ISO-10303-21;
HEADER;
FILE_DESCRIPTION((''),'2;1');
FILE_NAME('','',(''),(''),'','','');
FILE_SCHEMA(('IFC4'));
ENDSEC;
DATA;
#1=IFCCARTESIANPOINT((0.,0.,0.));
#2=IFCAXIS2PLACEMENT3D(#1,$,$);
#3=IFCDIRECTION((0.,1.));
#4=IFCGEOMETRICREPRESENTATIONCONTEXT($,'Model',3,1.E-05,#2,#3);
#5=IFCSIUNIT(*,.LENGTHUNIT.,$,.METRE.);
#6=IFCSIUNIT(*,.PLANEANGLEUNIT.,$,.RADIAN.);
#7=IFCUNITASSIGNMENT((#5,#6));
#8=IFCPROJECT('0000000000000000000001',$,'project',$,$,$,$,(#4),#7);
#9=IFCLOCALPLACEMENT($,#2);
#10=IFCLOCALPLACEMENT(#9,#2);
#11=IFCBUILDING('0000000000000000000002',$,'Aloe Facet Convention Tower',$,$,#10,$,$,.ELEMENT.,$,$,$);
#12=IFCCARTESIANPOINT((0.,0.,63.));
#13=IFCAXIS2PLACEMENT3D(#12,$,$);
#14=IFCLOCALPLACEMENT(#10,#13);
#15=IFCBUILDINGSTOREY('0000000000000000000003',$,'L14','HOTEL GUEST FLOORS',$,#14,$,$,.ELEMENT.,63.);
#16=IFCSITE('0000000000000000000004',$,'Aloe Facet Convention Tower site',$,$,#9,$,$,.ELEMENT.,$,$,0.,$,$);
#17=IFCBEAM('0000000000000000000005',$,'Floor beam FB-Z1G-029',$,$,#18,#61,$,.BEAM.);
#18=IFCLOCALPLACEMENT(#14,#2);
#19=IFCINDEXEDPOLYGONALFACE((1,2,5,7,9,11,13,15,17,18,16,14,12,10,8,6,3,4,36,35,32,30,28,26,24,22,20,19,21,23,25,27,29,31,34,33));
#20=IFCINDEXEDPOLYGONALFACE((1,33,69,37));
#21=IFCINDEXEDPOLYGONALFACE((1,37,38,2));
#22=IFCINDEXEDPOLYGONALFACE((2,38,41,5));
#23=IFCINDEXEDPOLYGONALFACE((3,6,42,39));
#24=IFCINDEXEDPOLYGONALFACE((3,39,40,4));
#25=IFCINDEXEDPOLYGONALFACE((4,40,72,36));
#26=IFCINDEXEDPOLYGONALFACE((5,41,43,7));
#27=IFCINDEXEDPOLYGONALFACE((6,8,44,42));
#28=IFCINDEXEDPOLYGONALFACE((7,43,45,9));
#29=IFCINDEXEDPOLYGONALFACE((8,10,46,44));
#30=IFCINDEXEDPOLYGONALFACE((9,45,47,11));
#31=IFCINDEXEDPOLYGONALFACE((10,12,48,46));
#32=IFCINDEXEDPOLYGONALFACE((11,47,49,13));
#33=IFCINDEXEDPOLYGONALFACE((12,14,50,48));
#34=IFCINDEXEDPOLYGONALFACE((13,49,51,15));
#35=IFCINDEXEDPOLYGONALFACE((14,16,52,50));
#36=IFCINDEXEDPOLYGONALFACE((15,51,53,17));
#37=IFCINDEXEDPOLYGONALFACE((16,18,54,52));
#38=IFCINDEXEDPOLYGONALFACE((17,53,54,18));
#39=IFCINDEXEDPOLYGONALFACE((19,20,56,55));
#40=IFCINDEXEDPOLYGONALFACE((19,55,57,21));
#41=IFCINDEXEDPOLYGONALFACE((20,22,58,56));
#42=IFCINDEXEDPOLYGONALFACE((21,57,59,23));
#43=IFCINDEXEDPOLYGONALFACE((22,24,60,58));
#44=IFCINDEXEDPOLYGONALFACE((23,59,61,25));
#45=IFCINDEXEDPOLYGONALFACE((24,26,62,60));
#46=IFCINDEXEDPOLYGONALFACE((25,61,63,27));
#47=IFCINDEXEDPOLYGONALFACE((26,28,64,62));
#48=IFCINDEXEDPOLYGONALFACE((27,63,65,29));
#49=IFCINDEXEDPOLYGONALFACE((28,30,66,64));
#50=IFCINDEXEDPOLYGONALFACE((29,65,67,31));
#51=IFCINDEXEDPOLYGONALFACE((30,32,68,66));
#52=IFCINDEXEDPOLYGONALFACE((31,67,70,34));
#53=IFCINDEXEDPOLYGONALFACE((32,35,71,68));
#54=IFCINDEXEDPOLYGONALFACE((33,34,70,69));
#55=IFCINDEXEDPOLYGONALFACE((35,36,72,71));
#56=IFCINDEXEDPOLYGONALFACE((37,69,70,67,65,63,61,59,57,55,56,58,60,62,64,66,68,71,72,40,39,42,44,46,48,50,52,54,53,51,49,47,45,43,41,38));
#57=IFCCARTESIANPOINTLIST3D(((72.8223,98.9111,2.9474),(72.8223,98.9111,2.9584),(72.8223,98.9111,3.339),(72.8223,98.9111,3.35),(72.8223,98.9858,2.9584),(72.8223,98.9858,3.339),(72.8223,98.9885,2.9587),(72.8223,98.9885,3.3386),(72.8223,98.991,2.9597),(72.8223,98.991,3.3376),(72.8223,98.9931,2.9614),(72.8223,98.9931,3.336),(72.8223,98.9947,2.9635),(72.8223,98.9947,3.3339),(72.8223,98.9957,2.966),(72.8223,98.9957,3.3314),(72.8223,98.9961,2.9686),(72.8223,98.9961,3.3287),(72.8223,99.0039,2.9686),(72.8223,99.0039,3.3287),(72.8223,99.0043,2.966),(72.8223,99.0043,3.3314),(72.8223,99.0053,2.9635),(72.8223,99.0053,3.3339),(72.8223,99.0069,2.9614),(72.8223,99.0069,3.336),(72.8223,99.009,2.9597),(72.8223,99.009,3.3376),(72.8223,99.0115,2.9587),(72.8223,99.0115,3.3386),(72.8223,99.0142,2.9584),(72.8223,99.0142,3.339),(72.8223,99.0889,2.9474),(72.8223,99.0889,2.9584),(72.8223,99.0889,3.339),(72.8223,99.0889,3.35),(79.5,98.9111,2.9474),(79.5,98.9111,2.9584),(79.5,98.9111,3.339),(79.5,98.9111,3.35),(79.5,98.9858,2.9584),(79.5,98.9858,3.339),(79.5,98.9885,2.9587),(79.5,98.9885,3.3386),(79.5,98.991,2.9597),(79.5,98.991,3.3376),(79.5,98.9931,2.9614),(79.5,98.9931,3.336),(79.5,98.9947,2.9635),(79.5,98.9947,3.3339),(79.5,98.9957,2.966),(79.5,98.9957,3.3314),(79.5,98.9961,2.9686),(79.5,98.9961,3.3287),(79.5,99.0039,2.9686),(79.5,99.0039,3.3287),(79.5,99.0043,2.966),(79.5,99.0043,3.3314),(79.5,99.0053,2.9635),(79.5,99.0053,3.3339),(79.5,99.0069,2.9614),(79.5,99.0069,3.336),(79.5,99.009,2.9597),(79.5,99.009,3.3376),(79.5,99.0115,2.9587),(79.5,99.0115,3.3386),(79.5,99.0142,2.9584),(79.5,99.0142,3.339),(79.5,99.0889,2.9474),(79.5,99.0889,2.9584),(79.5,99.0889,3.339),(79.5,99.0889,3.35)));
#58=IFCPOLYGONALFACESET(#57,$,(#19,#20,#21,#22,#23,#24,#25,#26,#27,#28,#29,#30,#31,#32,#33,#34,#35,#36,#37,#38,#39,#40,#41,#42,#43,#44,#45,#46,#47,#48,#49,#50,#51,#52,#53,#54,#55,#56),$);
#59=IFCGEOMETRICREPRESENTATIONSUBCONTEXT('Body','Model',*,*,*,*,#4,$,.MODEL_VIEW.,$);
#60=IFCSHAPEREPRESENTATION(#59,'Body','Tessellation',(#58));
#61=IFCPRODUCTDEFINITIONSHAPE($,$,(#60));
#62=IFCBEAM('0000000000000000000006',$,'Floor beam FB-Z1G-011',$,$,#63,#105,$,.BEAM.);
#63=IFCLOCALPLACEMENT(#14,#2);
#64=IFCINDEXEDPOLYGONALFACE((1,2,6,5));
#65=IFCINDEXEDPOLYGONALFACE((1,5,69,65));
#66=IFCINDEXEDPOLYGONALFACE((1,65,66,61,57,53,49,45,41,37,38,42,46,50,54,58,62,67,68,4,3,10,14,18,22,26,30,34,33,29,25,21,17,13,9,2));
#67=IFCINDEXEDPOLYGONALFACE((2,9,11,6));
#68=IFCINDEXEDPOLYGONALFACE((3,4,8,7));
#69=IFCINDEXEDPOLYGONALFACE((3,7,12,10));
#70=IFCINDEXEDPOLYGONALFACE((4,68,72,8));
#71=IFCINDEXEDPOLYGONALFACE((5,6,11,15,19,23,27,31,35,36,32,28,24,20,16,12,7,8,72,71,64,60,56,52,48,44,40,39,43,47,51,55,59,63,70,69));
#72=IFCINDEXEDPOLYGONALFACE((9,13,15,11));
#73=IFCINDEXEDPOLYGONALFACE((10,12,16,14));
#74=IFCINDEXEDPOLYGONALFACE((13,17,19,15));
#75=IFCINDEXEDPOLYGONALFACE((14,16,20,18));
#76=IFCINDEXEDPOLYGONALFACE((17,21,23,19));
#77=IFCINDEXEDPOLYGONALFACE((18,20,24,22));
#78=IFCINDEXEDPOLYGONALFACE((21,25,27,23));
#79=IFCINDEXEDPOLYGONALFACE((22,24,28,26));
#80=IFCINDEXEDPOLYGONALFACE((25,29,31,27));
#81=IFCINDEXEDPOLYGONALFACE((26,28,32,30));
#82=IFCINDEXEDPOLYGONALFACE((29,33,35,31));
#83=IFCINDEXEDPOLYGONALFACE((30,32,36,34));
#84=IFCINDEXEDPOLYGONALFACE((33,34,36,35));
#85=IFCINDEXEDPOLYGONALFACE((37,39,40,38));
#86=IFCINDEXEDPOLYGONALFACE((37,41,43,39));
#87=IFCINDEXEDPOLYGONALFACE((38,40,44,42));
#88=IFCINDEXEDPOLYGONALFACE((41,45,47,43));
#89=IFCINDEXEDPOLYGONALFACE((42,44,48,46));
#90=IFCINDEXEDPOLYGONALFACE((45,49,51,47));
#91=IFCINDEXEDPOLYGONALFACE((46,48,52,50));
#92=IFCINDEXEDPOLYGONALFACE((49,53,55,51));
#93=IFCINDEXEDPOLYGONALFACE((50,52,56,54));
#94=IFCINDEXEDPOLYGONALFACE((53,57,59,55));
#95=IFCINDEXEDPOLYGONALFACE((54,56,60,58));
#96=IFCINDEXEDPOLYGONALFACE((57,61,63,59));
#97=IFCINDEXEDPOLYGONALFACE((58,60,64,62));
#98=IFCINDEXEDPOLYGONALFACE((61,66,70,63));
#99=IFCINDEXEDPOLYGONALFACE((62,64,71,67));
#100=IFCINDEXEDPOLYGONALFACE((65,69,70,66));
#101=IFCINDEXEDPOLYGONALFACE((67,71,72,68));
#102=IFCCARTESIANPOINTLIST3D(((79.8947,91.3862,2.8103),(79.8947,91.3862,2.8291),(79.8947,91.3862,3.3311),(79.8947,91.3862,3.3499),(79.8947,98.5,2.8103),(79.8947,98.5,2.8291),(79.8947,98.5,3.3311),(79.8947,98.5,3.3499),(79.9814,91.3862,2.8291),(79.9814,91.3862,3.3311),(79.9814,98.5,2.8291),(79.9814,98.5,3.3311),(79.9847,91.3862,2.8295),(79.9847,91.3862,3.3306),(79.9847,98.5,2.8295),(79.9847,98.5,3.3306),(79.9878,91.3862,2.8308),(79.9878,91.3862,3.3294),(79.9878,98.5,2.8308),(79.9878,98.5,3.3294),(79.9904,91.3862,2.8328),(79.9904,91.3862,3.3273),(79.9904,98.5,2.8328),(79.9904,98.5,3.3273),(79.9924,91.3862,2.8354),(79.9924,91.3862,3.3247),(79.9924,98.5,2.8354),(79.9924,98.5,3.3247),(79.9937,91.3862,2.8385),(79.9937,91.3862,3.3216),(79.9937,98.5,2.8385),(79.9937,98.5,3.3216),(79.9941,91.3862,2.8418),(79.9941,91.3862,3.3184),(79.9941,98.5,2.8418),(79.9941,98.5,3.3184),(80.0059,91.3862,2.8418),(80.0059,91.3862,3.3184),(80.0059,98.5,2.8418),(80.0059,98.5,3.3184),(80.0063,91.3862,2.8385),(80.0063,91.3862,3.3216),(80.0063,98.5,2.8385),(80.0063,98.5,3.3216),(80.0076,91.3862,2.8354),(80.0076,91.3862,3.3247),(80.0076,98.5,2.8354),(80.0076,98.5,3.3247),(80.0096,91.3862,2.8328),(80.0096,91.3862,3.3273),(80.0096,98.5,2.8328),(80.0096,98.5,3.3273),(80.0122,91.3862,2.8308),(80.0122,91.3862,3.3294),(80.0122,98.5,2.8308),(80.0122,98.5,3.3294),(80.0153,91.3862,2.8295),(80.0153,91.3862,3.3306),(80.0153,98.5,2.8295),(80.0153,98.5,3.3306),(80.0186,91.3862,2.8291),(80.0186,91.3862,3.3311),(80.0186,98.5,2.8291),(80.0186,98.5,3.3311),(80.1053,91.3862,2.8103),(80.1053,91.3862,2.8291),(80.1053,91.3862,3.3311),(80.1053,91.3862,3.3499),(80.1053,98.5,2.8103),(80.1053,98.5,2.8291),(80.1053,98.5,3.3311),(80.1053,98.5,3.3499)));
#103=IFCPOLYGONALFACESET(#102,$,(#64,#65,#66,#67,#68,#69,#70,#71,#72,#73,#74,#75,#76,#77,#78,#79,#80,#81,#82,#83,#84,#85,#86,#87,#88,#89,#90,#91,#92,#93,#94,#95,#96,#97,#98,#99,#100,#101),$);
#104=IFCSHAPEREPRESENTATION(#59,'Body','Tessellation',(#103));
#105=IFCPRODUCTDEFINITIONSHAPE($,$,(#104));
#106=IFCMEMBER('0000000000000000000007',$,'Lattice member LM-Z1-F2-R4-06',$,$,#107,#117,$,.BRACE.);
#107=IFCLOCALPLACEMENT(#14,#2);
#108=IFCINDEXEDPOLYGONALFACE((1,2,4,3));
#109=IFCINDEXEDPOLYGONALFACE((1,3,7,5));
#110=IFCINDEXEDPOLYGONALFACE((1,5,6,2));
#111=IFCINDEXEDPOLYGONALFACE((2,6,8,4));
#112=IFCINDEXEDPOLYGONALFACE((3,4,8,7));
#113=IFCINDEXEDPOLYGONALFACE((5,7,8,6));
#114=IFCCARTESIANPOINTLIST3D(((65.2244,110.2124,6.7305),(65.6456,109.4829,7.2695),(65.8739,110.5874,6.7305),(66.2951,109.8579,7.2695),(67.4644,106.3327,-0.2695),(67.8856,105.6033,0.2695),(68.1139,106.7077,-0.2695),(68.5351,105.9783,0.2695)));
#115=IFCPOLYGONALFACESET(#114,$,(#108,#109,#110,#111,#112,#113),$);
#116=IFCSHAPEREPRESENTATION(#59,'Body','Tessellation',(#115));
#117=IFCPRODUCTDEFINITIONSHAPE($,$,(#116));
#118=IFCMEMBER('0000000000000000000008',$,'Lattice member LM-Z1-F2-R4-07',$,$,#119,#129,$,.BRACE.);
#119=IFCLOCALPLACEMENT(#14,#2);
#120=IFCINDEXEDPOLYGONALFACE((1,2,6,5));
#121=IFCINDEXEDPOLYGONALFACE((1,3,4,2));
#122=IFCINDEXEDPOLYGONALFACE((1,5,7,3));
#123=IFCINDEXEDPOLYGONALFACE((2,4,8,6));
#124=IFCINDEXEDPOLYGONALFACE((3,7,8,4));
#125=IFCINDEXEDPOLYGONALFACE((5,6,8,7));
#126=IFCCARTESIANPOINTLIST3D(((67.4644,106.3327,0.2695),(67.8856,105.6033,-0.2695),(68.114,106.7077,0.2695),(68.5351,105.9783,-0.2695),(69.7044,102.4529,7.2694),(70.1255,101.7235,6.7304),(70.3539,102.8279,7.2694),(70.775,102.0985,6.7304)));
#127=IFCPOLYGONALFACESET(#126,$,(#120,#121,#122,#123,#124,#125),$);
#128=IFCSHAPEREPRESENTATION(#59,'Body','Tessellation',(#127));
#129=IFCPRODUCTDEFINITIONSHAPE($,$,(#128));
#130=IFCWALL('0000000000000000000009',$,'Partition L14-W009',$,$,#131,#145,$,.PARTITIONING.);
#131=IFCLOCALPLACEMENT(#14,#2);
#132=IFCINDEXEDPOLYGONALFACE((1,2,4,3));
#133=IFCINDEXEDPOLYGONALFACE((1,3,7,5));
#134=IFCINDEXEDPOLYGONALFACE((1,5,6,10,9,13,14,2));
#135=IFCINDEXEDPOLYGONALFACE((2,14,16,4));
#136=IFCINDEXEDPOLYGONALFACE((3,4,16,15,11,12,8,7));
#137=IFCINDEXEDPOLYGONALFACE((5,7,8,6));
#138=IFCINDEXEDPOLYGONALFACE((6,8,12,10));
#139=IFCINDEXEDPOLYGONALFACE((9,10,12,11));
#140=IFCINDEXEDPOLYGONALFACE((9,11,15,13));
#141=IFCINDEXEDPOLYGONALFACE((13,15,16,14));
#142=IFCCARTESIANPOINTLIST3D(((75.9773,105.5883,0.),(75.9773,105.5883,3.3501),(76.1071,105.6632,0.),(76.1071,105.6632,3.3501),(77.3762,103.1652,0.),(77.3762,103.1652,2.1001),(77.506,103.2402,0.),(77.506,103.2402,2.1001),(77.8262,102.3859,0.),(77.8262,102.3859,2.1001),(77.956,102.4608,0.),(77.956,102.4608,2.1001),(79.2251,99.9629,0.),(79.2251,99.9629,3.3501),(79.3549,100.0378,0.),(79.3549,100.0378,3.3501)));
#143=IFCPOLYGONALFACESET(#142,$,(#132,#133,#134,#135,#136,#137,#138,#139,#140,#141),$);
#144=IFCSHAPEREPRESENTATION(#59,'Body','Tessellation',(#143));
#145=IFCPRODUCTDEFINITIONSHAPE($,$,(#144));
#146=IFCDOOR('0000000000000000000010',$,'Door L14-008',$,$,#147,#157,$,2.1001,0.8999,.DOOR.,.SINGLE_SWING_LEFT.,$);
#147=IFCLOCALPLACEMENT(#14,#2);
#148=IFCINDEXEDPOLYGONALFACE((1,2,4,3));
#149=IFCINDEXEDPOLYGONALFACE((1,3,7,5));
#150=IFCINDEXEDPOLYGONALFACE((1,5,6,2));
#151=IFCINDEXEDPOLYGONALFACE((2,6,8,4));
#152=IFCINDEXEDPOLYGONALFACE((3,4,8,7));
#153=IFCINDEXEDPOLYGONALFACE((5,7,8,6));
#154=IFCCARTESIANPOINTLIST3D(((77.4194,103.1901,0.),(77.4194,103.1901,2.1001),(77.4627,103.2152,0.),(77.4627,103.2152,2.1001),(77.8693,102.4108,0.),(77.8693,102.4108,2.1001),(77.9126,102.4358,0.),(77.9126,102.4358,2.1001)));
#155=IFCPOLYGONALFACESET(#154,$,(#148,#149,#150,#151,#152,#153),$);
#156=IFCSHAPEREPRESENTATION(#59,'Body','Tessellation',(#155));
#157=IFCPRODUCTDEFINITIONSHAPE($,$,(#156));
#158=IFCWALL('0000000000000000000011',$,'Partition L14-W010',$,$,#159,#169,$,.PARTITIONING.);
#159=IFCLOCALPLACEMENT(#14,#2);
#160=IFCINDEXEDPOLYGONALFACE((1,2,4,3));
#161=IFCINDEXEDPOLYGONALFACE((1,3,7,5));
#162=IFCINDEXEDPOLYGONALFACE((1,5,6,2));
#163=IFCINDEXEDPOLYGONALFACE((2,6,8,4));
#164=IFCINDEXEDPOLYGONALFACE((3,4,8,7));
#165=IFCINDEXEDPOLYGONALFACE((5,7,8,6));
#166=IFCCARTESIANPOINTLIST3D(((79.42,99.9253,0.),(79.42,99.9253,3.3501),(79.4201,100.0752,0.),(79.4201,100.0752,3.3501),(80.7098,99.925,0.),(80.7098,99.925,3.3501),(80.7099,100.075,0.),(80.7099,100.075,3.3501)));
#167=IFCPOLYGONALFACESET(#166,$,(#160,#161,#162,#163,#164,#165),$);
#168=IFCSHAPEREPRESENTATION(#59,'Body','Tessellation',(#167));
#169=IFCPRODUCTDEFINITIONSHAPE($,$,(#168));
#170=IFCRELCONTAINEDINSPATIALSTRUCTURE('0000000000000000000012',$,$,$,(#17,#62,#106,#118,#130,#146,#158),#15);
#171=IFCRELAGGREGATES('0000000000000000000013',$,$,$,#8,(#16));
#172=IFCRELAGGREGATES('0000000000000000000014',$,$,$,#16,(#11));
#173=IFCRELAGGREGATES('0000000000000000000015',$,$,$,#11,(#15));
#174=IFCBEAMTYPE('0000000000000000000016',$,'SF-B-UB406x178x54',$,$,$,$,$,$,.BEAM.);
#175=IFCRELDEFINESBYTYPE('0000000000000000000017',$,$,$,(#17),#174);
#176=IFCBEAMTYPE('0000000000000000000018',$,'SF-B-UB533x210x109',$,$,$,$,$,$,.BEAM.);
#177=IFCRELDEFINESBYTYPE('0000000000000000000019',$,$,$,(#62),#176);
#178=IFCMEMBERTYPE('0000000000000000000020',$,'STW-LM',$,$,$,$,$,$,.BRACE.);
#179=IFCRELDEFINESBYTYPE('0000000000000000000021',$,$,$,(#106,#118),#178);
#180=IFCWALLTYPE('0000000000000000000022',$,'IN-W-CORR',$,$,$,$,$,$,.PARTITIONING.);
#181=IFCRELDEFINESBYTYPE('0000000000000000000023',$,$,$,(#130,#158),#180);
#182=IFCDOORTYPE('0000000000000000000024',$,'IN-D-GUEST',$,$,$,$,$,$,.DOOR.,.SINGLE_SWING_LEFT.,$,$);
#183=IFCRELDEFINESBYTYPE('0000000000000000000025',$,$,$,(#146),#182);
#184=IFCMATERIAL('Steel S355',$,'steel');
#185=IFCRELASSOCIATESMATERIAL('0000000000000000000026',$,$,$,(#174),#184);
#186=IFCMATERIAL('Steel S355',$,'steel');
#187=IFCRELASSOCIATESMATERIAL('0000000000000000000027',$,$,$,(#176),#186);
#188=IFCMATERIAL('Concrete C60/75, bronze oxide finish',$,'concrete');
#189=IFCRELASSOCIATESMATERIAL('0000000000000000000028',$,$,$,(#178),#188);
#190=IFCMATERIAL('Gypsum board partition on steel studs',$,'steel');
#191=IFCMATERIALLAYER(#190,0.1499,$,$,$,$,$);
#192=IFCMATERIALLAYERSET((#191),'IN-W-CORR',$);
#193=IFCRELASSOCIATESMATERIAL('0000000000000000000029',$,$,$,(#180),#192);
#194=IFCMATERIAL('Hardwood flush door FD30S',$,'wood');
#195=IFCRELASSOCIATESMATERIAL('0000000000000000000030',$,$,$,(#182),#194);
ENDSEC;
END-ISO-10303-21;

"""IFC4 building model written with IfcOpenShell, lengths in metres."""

from ifc_helpers import new_model, si_unit, direction, frame, frame_2d, origin, origin_2d, place, context, subcontext, project, spatial, rectangle, i_section, extrude, material, layer, layer_set, material_profile, profile_set, type_object, element, fill, save


model = new_model("IFC4")

# Units and contexts
model_context = context("Model", 3, precision=1e-05, world=origin(), true_north=direction((0.0, 1.0)))
body_context = subcontext(model_context, "Body", "Model", "MODEL_VIEW")
ifc_project = project(units=[si_unit("LENGTHUNIT", "METRE"), si_unit("PLANEANGLEUNIT", "RADIAN")], contexts=[model_context])

# Site, building, storey
site_placement = place(None, origin())
site = spatial("IfcSite", under=ifc_project, at=site_placement, Name="Aloe Facet Convention Tower site", CompositionType="ELEMENT", RefElevation=0.0)
building_placement = place(site_placement, origin())
building = spatial("IfcBuilding", under=site, at=building_placement, Name="Aloe Facet Convention Tower", CompositionType="ELEMENT")
storey_placement = place(building_placement, frame((0.0, 0.0, 63.0)))
storey = spatial("IfcBuildingStorey", under=building, at=storey_placement, Name="L14", Description="HOTEL GUEST FLOORS", CompositionType="ELEMENT", Elevation=63.0)

# Beams
ifc_material_1 = material(Name="Steel S355", Category="steel")
ifc_material_profile_1 = material_profile(ifc_material_1, i_section(OverallWidth=0.1777, OverallDepth=0.4026, WebThickness=0.0078, FlangeThickness=0.011, FilletRadius=0.0103, at=origin_2d()), Name="UB 406x178x54")
ifc_profile_set_1 = profile_set([ifc_material_profile_1], Name="Steel S355")
beam_type_1 = type_object("IfcBeamType", Name="SF-B-UB406x178x54", PredefinedType="BEAM", material=ifc_profile_set_1)
beam_1_placement = place(storey_placement, frame((72.8223, 99.0, 3.1487), z_axis=(1.0, 0.0, 0.0), x_axis=(0.0, 1.0, 0.0)))
element("IfcBeam", 1, at=beam_1_placement, inside=storey, type_object=beam_type_1, Name="Floor beam FB-Z1G-029", PredefinedType="BEAM", context=body_context, shape_type="SweptSolid", body=[
    extrude(i_section(OverallWidth=0.1777, OverallDepth=0.4026, WebThickness=0.0078, FlangeThickness=0.011, FilletRadius=0.0103, at=origin_2d()), origin(), (0.0, 0.0, 1.0), 6.6777),
])
ifc_material_2 = material(Name="Steel S355", Category="steel")
ifc_material_profile_2 = material_profile(ifc_material_2, i_section(OverallWidth=0.2107, OverallDepth=0.5396, WebThickness=0.0117, FlangeThickness=0.0188, FilletRadius=0.0127, at=origin_2d()), Name="UB 533x210x109")
ifc_profile_set_2 = profile_set([ifc_material_profile_2], Name="Steel S355")
beam_type_2 = type_object("IfcBeamType", Name="SF-B-UB533x210x109", PredefinedType="BEAM", material=ifc_profile_set_2)
beam_2_placement = place(storey_placement, frame((80.0, 98.5, 3.0801), z_axis=(0.0, -1.0, 0.0), x_axis=(1.0, 0.0, 0.0)))
element("IfcBeam", 2, at=beam_2_placement, inside=storey, type_object=beam_type_2, Name="Floor beam FB-Z1G-011", PredefinedType="BEAM", context=body_context, shape_type="SweptSolid", body=[
    extrude(i_section(OverallWidth=0.2107, OverallDepth=0.5396, WebThickness=0.0117, FlangeThickness=0.0188, FilletRadius=0.0127, at=origin_2d()), origin(), (0.0, 0.0, 1.0), 7.1138),
])

# Members
ifc_material_3 = material(Name="Concrete C60/75, bronze oxide finish", Category="concrete")
ifc_material_profile_3 = material_profile(ifc_material_3, rectangle(XDim=0.75, YDim=1.0, at=origin_2d()), Name="STW-LM")
ifc_profile_set_3 = profile_set([ifc_material_profile_3], Name="Concrete C60/75, bronze oxide finish")
member_type = type_object("IfcMemberType", Name="STW-LM", PredefinedType="BRACE", material=ifc_profile_set_3)
for number, where, z_axis, x_axis, name in (
    (3, (67.9998, 106.1555, 0.0), (-0.269528, 0.46682, 0.842279), (-0.866018, -0.500013, 0.0), "Lattice member LM-Z1-F2-R4-06"),
    (4, (67.9998, 106.1555, 0.0), (0.269524, -0.466843, 0.842267), (0.866031, 0.49999, 0.0), "Lattice member LM-Z1-F2-R4-07"),
):
    element("IfcMember", number, at=place(storey_placement, frame(where, z_axis=z_axis, x_axis=x_axis)), inside=storey, type_object=member_type, Name=name, PredefinedType="BRACE", context=body_context, shape_type="SweptSolid", body=[
        extrude(rectangle(XDim=0.75, YDim=1.0, at=origin_2d()), origin(), (0.0, 0.0, 1.0), 8.3108),
    ])

# Wall, opening, door
ifc_material_4 = material(Name="Gypsum board partition on steel studs", Category="steel")
ifc_layer_1 = layer(ifc_material_4, 0.1499)
ifc_layer_set_1 = layer_set([ifc_layer_1], Name="IN-W-CORR")
wall_type_1 = type_object("IfcWallType", Name="IN-W-CORR", PredefinedType="PARTITIONING", material=ifc_layer_set_1)
wall_1_placement = place(storey_placement, frame((76.0422, 105.6257, 0.0), z_axis=(0.0, 0.0, 1.0), x_axis=(0.499991, -0.86603, 0.0)))
wall_1 = element("IfcWall", 5, at=wall_1_placement, inside=storey, type_object=wall_type_1, Name="Partition L14-W009", PredefinedType="PARTITIONING", context=body_context, shape_type="SweptSolid", body=[
    extrude(rectangle(XDim=6.4956, YDim=0.1499, at=frame_2d((3.2478, 0.0))), origin(), (0.0, 0.0, 1.0), 3.3501),
])
opening_1_placement = place(wall_1_placement, frame((2.7979, 0.0, 0.0)))
opening_1 = element("IfcOpeningElement", 6, at=opening_1_placement, cuts=wall_1, PredefinedType="OPENING", context=body_context, shape_type="SweptSolid", body=[
    extrude(rectangle(XDim=0.8999, YDim=2.1001, at=frame_2d((0.45, 1.05))), frame((0.0, 0.085, 0.0), z_axis=(0.0, -1.0, 0.0), x_axis=(1.0, 0.0, 0.0)), (0.0, 0.0, 1.0), 0.1699),
])
ifc_material_5 = material(Name="Hardwood flush door FD30S", Category="wood")
door_type_1 = type_object("IfcDoorType", Name="IN-D-GUEST", OperationType="SINGLE_SWING_LEFT", PredefinedType="DOOR", material=ifc_material_5)
door_1_placement = place(opening_1_placement, origin())
door_1 = element("IfcDoor", 7, at=door_1_placement, inside=storey, type_object=door_type_1, Name="Door L14-008", OperationType="SINGLE_SWING_LEFT", OverallHeight=2.1001, OverallWidth=0.8999, PredefinedType="DOOR", context=body_context, shape_type="SweptSolid", body=[
    extrude(rectangle(XDim=0.8999, YDim=2.1001, at=frame_2d((0.45, 1.05))), frame((0.0, 0.0249, 0.0), z_axis=(0.0, -1.0, 0.0), x_axis=(1.0, 0.0, 0.0)), (0.0, 0.0, 1.0), 0.05),
])
fill(opening_1, door_1)

# Wall
wall_2_placement = place(storey_placement, frame((79.4199, 100.0002, 0.0), z_axis=(0.0, 0.0, 1.0), x_axis=(1.0, -0.000189, 0.0)))
element("IfcWall", 8, at=wall_2_placement, inside=storey, type_object=wall_type_1, Name="Partition L14-W010", PredefinedType="PARTITIONING", context=body_context, shape_type="SweptSolid", body=[
    extrude(rectangle(XDim=1.2898, YDim=0.1499, at=frame_2d((0.645, 0.0))), origin(), (0.0, 0.0, 1.0), 3.3501),
])

save(model, "model.ifc")
